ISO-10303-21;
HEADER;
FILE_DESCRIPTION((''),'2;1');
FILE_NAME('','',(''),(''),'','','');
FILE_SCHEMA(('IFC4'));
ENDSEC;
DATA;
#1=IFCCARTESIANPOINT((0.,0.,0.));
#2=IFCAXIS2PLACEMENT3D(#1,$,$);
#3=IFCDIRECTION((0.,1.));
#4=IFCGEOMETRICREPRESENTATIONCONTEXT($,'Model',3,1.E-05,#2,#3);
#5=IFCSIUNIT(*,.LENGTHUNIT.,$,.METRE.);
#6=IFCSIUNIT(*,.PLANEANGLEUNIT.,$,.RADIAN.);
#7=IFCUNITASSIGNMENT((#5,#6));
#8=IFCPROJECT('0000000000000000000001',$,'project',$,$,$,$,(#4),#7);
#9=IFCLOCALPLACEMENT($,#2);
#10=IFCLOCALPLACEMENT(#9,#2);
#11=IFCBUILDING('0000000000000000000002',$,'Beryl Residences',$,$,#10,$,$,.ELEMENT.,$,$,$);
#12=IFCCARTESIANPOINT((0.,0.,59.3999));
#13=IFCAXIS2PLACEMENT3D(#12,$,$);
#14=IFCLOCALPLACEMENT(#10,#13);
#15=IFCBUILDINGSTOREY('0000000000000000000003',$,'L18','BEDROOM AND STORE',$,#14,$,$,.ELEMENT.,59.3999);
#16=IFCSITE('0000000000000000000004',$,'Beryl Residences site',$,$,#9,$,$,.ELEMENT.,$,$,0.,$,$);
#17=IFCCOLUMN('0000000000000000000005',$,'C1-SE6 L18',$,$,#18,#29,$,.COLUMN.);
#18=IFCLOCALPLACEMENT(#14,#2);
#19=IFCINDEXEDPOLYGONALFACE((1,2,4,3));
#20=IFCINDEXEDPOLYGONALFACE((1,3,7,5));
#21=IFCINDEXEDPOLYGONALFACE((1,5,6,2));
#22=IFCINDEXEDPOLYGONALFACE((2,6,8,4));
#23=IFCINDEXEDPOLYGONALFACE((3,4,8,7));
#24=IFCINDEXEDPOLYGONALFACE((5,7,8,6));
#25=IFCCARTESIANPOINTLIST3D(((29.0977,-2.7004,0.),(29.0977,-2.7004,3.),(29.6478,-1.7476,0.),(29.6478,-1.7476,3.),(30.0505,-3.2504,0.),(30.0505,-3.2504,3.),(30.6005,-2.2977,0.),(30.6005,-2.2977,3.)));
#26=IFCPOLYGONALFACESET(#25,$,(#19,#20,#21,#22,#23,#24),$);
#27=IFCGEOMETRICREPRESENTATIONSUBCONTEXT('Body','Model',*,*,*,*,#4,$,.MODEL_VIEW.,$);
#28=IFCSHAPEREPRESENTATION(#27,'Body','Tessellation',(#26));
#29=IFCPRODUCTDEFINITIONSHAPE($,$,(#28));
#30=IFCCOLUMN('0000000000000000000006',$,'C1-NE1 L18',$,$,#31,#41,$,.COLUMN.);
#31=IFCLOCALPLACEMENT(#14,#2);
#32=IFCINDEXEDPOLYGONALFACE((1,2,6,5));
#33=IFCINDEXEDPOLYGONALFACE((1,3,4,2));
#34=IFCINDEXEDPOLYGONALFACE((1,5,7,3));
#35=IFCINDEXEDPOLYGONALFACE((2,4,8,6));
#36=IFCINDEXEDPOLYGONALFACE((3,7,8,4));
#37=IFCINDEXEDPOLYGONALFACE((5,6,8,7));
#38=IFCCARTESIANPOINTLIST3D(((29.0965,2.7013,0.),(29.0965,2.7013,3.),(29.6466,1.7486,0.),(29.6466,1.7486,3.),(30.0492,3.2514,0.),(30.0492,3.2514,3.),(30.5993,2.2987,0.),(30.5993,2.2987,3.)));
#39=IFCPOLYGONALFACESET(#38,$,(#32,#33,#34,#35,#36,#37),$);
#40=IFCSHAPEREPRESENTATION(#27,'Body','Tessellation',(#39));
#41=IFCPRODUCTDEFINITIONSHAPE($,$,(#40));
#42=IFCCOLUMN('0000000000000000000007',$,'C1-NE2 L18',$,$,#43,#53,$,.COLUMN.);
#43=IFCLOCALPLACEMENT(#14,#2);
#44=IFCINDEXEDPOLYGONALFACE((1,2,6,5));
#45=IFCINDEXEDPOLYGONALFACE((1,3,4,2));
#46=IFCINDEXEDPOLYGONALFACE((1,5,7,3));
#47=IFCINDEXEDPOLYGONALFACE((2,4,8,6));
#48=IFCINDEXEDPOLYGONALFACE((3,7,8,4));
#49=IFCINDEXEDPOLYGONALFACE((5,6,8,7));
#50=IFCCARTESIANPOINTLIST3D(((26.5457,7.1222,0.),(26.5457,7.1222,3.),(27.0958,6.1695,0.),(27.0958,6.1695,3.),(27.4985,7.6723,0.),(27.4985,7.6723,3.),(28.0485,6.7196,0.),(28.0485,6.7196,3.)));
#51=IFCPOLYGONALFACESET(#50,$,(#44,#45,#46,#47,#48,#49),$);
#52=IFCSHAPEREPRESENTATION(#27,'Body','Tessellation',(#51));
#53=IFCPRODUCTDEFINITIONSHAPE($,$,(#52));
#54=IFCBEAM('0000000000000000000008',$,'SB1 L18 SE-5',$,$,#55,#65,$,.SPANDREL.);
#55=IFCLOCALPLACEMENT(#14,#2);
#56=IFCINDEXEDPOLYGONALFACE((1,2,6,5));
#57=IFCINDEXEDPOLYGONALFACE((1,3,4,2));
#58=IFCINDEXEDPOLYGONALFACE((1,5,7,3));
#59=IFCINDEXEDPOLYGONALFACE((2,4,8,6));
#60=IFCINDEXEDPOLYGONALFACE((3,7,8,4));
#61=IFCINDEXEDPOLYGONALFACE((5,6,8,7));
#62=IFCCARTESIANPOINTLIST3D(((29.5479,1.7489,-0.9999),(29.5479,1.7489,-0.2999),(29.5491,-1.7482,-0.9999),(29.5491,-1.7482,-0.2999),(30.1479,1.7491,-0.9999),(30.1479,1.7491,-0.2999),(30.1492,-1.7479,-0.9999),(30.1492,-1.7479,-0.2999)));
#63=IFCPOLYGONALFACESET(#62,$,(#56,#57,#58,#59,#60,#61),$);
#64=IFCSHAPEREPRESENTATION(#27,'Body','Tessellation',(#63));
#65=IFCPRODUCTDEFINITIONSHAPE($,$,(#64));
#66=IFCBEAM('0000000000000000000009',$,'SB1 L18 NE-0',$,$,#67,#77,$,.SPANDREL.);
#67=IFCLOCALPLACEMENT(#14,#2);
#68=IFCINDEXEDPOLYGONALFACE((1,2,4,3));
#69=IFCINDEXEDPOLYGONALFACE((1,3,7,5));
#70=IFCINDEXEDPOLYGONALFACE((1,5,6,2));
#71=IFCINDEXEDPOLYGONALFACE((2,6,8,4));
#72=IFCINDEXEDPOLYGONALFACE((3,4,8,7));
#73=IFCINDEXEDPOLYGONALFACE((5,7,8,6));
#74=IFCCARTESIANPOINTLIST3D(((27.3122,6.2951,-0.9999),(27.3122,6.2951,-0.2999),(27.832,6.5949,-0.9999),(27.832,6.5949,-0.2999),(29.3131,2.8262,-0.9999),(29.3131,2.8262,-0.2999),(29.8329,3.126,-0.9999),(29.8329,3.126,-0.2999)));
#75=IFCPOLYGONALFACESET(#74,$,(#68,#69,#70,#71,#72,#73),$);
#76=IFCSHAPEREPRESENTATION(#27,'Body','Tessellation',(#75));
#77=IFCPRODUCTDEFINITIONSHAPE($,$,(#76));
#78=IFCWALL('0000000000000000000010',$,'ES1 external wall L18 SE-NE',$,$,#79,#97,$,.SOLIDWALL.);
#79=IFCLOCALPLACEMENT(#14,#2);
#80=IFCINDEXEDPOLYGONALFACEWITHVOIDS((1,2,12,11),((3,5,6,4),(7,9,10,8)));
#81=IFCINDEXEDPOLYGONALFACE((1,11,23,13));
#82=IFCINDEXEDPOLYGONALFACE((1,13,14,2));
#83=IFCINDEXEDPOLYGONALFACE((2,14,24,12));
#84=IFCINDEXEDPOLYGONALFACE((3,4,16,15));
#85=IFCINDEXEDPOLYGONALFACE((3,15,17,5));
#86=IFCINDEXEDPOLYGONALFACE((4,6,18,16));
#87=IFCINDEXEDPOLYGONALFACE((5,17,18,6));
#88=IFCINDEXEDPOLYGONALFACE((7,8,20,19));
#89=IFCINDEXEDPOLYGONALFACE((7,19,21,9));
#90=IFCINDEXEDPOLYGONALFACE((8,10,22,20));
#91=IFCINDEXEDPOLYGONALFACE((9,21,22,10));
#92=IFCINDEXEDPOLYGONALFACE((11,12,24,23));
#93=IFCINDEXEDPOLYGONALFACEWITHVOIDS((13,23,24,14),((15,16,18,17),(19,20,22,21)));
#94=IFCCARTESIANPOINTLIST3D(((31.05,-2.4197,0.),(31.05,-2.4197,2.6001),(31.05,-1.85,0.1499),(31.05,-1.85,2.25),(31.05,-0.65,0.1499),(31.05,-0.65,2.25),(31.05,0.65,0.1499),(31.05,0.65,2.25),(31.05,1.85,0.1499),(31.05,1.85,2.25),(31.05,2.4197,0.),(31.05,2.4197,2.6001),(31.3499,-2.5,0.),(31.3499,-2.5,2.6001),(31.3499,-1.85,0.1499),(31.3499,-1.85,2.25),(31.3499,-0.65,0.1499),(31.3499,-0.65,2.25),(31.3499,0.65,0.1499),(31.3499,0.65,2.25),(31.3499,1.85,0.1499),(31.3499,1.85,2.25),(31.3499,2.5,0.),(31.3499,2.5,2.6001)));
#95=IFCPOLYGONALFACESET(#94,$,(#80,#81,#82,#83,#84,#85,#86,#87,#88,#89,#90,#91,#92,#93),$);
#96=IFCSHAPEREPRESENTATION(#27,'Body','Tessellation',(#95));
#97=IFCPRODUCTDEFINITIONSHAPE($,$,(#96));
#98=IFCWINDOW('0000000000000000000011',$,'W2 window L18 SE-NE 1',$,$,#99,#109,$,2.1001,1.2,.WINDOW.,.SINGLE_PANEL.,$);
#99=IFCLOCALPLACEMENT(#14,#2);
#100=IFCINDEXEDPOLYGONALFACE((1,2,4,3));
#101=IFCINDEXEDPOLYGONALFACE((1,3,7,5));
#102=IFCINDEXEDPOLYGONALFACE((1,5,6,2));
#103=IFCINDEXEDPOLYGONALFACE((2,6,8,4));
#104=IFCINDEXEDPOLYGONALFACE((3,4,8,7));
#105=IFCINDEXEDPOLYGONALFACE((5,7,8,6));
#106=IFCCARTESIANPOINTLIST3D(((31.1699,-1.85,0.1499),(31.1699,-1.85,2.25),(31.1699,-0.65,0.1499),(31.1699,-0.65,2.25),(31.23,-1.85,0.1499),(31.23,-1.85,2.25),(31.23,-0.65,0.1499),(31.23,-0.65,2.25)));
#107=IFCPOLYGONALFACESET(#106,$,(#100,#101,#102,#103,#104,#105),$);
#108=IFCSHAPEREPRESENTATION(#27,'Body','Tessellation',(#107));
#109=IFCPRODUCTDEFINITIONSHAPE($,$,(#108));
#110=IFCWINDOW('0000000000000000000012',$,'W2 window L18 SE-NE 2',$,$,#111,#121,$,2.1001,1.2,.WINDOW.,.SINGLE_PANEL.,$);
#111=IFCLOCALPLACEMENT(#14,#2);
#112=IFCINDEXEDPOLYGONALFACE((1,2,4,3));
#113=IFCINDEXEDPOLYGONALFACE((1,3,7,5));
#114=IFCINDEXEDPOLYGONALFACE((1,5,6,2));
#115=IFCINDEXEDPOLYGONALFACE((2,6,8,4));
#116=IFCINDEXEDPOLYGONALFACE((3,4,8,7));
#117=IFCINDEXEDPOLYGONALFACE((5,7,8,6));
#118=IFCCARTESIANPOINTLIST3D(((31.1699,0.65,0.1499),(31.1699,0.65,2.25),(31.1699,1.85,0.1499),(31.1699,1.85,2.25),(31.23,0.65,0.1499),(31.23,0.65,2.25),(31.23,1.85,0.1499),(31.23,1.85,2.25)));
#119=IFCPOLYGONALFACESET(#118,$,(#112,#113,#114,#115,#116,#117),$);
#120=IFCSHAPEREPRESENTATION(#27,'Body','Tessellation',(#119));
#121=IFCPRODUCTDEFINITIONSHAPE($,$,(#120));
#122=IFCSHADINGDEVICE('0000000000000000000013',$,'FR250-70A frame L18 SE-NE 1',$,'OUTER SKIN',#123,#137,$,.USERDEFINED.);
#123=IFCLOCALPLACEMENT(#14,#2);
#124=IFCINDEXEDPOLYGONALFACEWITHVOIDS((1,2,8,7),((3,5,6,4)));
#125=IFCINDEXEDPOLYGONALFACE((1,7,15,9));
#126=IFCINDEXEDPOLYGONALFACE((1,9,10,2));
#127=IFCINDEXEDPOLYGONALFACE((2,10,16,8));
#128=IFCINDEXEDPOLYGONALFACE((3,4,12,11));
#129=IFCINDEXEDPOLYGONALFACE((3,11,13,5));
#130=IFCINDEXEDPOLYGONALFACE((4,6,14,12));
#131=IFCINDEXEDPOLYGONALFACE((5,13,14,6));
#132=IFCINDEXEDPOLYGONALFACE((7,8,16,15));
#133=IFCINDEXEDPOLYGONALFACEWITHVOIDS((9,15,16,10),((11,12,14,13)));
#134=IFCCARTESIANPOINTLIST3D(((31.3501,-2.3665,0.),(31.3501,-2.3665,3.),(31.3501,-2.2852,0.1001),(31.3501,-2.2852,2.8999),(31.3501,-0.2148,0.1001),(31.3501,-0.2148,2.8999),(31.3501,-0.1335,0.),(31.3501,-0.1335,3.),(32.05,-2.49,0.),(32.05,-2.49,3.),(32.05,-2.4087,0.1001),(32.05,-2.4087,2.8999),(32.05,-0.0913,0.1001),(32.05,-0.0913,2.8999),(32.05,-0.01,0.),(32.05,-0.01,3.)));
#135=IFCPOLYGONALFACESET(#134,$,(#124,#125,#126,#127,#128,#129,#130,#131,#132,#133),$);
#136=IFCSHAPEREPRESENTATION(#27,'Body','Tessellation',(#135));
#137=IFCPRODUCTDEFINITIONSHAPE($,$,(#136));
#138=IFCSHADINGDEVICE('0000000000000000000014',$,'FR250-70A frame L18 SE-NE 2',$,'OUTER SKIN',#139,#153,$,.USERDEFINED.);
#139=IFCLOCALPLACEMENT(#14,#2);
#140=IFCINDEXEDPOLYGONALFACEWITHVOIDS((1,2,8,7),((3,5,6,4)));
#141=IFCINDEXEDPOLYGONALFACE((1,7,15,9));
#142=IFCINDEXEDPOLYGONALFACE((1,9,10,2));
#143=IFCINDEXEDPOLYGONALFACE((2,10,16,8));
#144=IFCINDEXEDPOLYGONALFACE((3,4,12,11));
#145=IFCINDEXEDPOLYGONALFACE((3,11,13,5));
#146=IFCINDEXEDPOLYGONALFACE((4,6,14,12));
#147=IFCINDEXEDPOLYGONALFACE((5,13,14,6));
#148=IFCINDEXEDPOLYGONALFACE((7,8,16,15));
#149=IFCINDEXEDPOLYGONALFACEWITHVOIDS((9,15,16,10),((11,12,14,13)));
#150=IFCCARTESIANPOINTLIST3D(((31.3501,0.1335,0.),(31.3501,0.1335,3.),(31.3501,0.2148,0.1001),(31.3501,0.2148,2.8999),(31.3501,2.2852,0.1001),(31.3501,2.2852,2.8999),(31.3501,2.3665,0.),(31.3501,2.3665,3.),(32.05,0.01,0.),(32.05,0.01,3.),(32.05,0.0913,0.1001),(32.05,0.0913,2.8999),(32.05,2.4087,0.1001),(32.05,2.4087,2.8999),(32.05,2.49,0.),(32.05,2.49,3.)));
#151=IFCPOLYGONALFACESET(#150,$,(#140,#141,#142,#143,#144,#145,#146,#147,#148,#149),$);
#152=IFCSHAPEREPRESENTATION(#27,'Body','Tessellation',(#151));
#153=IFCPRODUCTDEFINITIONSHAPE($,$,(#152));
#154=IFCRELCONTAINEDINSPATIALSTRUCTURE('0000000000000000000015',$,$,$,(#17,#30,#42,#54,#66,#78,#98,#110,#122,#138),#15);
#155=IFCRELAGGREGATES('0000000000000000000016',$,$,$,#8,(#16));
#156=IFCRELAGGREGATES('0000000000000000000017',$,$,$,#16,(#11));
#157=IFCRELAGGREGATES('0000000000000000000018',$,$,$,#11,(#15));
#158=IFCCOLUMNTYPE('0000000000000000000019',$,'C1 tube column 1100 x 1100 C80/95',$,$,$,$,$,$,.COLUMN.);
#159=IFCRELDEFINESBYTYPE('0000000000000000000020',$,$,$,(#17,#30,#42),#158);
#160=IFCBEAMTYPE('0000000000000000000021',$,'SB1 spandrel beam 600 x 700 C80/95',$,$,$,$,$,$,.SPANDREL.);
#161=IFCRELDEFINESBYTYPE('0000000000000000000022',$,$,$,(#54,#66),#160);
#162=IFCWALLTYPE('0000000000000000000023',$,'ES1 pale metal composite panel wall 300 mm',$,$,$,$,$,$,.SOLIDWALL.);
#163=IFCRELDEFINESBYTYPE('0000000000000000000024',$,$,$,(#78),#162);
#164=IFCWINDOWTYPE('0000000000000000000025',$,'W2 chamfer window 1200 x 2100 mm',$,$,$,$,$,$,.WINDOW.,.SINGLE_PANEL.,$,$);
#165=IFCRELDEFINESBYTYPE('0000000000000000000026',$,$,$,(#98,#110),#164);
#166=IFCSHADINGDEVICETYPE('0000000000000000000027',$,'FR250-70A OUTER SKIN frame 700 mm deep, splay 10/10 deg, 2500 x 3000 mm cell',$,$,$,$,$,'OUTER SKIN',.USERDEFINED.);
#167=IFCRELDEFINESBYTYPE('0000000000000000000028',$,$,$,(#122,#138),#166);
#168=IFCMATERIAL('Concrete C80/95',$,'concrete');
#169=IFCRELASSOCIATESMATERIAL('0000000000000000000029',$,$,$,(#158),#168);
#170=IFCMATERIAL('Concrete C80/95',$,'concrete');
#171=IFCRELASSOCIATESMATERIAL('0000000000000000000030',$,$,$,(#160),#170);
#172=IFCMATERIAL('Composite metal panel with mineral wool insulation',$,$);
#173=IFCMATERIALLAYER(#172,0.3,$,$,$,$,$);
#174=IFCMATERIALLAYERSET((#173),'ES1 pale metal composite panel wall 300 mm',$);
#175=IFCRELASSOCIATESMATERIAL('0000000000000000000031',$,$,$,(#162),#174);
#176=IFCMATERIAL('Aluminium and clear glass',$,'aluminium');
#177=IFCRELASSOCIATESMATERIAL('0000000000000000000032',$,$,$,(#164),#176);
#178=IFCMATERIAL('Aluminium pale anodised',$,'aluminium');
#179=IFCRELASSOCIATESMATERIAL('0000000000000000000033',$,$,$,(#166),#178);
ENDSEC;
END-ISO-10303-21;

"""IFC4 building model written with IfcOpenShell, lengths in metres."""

from ifc_helpers import new_model, entity, si_unit, direction, frame, frame_2d, origin, origin_2d, place, context, subcontext, project, spatial, polyline, rectangle, outline, extrude, source, transform, mapped, material, layer, layer_set, material_profile, profile_set, type_object, type_shapes, element, fill, save


model = new_model("IFC4")

# Units and contexts
model_context = context("Model", 3, precision=1e-05, world=origin(), true_north=direction((0.0, 1.0)))
body_context = subcontext(model_context, "Body", "Model", "MODEL_VIEW")
ifc_project = project(units=[si_unit("LENGTHUNIT", "METRE"), si_unit("PLANEANGLEUNIT", "RADIAN")], contexts=[model_context])

# Site, building, storey
site_placement = place(None, origin())
site = spatial("IfcSite", under=ifc_project, at=site_placement, Name="Beryl Residences site", CompositionType="ELEMENT", RefElevation=0.0)
building_placement = place(site_placement, origin())
building = spatial("IfcBuilding", under=site, at=building_placement, Name="Beryl Residences", CompositionType="ELEMENT")
storey_placement = place(building_placement, frame((0.0, 0.0, 59.3999)))
storey = spatial("IfcBuildingStorey", under=building, at=storey_placement, Name="L18", Description="BEDROOM AND STORE", CompositionType="ELEMENT", Elevation=59.3999)

# Columns
ifc_material_1 = material(Name="Concrete C80/95", Category="concrete")
ifc_material_profile_1 = material_profile(ifc_material_1, rectangle(XDim=1.1001, YDim=1.1001, at=origin_2d()))
ifc_profile_set_1 = profile_set([ifc_material_profile_1], Name="Concrete C80/95")
column_type = type_object("IfcColumnType", Name="C1 tube column 1100 x 1100 C80/95", PredefinedType="COLUMN", material=ifc_profile_set_1)
for number, where, z_axis, x_axis, name in (
    (1, (29.8491, -2.499, 0.0), (0.0, 0.0, 1.0), (0.499985, 0.866034, 0.0), "C1-SE6 L18"),
    (2, (29.8479, 2.5, 0.0), (0.0, 0.0, 1.0), (-0.499985, 0.866034, 0.0), "C1-NE1 L18"),
    (3, (27.2971, 6.9209, 0.0), (0.0, 0.0, 1.0), (-0.499985, 0.866034, 0.0), "C1-NE2 L18"),
):
    element("IfcColumn", number, at=place(storey_placement, frame(where, z_axis=z_axis, x_axis=x_axis)), inside=storey, type_object=column_type, Name=name, PredefinedType="COLUMN", context=body_context, shape_type="SweptSolid", body=[
        extrude(rectangle(XDim=1.1001, YDim=1.1001, at=origin_2d()), origin(), (0.0, 0.0, 1.0), 3.0),
    ])

# Beams
ifc_material_2 = material(Name="Concrete C80/95", Category="concrete")
ifc_material_profile_2 = material_profile(ifc_material_2, rectangle(XDim=0.6001, YDim=0.7, at=origin_2d()))
ifc_profile_set_2 = profile_set([ifc_material_profile_2], Name="Concrete C80/95")
beam_type = type_object("IfcBeamType", Name="SB1 spandrel beam 600 x 700 C80/95", PredefinedType="SPANDREL", material=ifc_profile_set_2)
beam_1_placement = place(storey_placement, frame((29.8491, -1.748, -0.6499), z_axis=(-0.000349, 1.0, 0.0), x_axis=(-1.0, -0.000349, 0.0)))
element("IfcBeam", 4, at=beam_1_placement, inside=storey, type_object=beam_type, Name="SB1 L18 SE-5", PredefinedType="SPANDREL", context=body_context, shape_type="SweptSolid", body=[
    extrude(rectangle(XDim=0.6001, YDim=0.7, at=origin_2d()), origin(), (0.0, 0.0, 1.0), 3.4971),
])
beam_2_placement = place(storey_placement, frame((29.573, 2.9761, -0.6499), z_axis=(-0.499654, 0.866225, 0.0), x_axis=(-0.866225, -0.499654, 0.0)))
element("IfcBeam", 5, at=beam_2_placement, inside=storey, type_object=beam_type, Name="SB1 L18 NE-0", PredefinedType="SPANDREL", context=body_context, shape_type="SweptSolid", body=[
    extrude(rectangle(XDim=0.6001, YDim=0.7, at=origin_2d()), origin(), (0.0, 0.0, 1.0), 4.0046),
])

# Wall, openings, windows
ifc_material_3 = material(Name="Composite metal panel with mineral wool insulation")
ifc_layer = layer(ifc_material_3, 0.3)
ifc_layer_set = layer_set([ifc_layer], Name="ES1 pale metal composite panel wall 300 mm")
wall_type = type_object("IfcWallType", Name="ES1 pale metal composite panel wall 300 mm", PredefinedType="SOLIDWALL", material=ifc_layer_set)
wall_1_placement = place(storey_placement, frame((31.2, -2.5, 0.0), z_axis=(0.0, 0.0, 1.0), x_axis=(0.0, 1.0, 0.0)))
wall_1 = element("IfcWall", 6, at=wall_1_placement, inside=storey, type_object=wall_type, Name="ES1 external wall L18 SE-NE", PredefinedType="SOLIDWALL", context=body_context, shape_type="SweptSolid", body=[
    extrude(outline(polyline([(0.0, -0.1499), (5.0, -0.1499), (4.9197, 0.1499), (0.0803, 0.1499), (0.0, -0.1499)])), origin(), (0.0, 0.0, 1.0), 2.6001),
])
opening_1_placement = place(wall_1_placement, frame((0.6499, 0.0, 0.1499)))
opening_1 = element("IfcOpeningElement", 7, at=opening_1_placement, cuts=wall_1, PredefinedType="OPENING", context=body_context, shape_type="SweptSolid", body=[
    extrude(rectangle(XDim=1.2, YDim=2.1001, at=frame_2d((0.6001, 1.05))), frame((0.0, 0.1599, 0.0), z_axis=(0.0, -1.0, 0.0), x_axis=(1.0, 0.0, 0.0)), (0.0, 0.0, 1.0), 0.3201),
])
opening_2_placement = place(wall_1_placement, frame((3.1499, 0.0, 0.1499)))
opening_2 = element("IfcOpeningElement", 8, at=opening_2_placement, cuts=wall_1, PredefinedType="OPENING", context=body_context, shape_type="SweptSolid", body=[
    extrude(rectangle(XDim=1.2, YDim=2.1001, at=frame_2d((0.6001, 1.05))), frame((0.0, 0.1599, 0.0), z_axis=(0.0, -1.0, 0.0), x_axis=(1.0, 0.0, 0.0)), (0.0, 0.0, 1.0), 0.3201),
])
ifc_material_4 = material(Name="Aluminium and clear glass", Category="aluminium")
window_type_1 = type_object("IfcWindowType", Name="W2 chamfer window 1200 x 2100 mm", PartitioningType="SINGLE_PANEL", PredefinedType="WINDOW", material=ifc_material_4)
window_1_placement = place(opening_1_placement, origin())
window_1 = element("IfcWindow", 9, at=window_1_placement, inside=storey, type_object=window_type_1, Name="W2 window L18 SE-NE 1", OverallHeight=2.1001, OverallWidth=1.2, PartitioningType="SINGLE_PANEL", PredefinedType="WINDOW", context=body_context, shape_type="SweptSolid", body=[
    extrude(rectangle(XDim=1.2, YDim=2.1001, at=frame_2d((0.6001, 1.05))), frame((0.0, 0.03, 0.0), z_axis=(0.0, -1.0, 0.0), x_axis=(1.0, 0.0, 0.0)), (0.0, 0.0, 1.0), 0.0601),
])
fill(opening_1, window_1)
window_2_placement = place(opening_2_placement, origin())
window_2 = element("IfcWindow", 10, at=window_2_placement, inside=storey, type_object=window_type_1, Name="W2 window L18 SE-NE 2", OverallHeight=2.1001, OverallWidth=1.2, PartitioningType="SINGLE_PANEL", PredefinedType="WINDOW", context=body_context, shape_type="SweptSolid", body=[
    extrude(rectangle(XDim=1.2, YDim=2.1001, at=frame_2d((0.6001, 1.05))), frame((0.0, 0.03, 0.0), z_axis=(0.0, -1.0, 0.0), x_axis=(1.0, 0.0, 0.0)), (0.0, 0.0, 1.0), 0.0601),
])
fill(opening_2, window_2)

# Shading devices
ifc_material_5 = material(Name="Aluminium pale anodised", Category="aluminium")
shading_device_type_1 = type_object("IfcShadingDeviceType", Name="FR250-70A OUTER SKIN frame 700 mm deep, splay 10/10 deg, 2500 x 3000 mm cell", ElementType="OUTER SKIN", PredefinedType="USERDEFINED", material=ifc_material_5)
cartesian_point_1 = entity("IfcCartesianPoint", [-1.1165, 0.0])
cartesian_point_2 = entity("IfcCartesianPoint", [-1.0352, 0.1001])
cartesian_point_3 = entity("IfcCartesianPoint", [-1.24, 0.0])
cartesian_point_4 = entity("IfcCartesianPoint", [-1.1587, 0.1001])
shared_shape_1 = source(origin(), body_context, "Body", "SweptSolid", [
    entity("IfcExtrudedAreaSolidTapered", entity("IfcArbitraryProfileDefWithVoids", "AREA", None, entity("IfcPolyline", [cartesian_point_1, entity("IfcCartesianPoint", [1.1165, 0.0]), entity("IfcCartesianPoint", [1.1165, 3.0]), entity("IfcCartesianPoint", [-1.1165, 3.0]), cartesian_point_1]), [entity("IfcPolyline", [cartesian_point_2, entity("IfcCartesianPoint", [1.0352, 0.1001]), entity("IfcCartesianPoint", [1.0352, 2.8999]), entity("IfcCartesianPoint", [-1.0352, 2.8999]), cartesian_point_2])]), entity("IfcAxis2Placement3D", entity("IfcCartesianPoint", [0.0, 0.0, 0.0]), entity("IfcDirection", [0.0, 1.0, 0.0]), entity("IfcDirection", [-1.0, 0.0, 0.0])), entity("IfcDirection", [0.0, 0.0, 1.0]), 0.7, entity("IfcArbitraryProfileDefWithVoids", "AREA", None, entity("IfcPolyline", [cartesian_point_3, entity("IfcCartesianPoint", [1.24, 0.0]), entity("IfcCartesianPoint", [1.24, 3.0]), entity("IfcCartesianPoint", [-1.24, 3.0]), cartesian_point_3]), [entity("IfcPolyline", [cartesian_point_4, entity("IfcCartesianPoint", [1.1587, 0.1001]), entity("IfcCartesianPoint", [1.1587, 2.8999]), entity("IfcCartesianPoint", [-1.1587, 2.8999]), cartesian_point_4])])),
])
type_shapes(shading_device_type_1, [shared_shape_1])
for number, where, z_axis, x_axis, name in (
    (11, (31.3501, -1.25, 0.0), (0.0, 0.0, 1.0), (0.0, -1.0, 0.0), "FR250-70A frame L18 SE-NE 1"),
    (12, (31.3501, 1.25, 0.0), (0.0, 0.0, 1.0), (0.0, -1.0, 0.0), "FR250-70A frame L18 SE-NE 2"),
):
    element("IfcShadingDevice", number, at=place(storey_placement, frame(where, z_axis=z_axis, x_axis=x_axis)), inside=storey, type_object=shading_device_type_1, Name=name, ObjectType="OUTER SKIN", PredefinedType="USERDEFINED", context=body_context, shape_type="MappedRepresentation", body=[
        mapped(shared_shape_1, transform((0.0, 0.0, 0.0))),
    ])

save(model, "model.ifc")
